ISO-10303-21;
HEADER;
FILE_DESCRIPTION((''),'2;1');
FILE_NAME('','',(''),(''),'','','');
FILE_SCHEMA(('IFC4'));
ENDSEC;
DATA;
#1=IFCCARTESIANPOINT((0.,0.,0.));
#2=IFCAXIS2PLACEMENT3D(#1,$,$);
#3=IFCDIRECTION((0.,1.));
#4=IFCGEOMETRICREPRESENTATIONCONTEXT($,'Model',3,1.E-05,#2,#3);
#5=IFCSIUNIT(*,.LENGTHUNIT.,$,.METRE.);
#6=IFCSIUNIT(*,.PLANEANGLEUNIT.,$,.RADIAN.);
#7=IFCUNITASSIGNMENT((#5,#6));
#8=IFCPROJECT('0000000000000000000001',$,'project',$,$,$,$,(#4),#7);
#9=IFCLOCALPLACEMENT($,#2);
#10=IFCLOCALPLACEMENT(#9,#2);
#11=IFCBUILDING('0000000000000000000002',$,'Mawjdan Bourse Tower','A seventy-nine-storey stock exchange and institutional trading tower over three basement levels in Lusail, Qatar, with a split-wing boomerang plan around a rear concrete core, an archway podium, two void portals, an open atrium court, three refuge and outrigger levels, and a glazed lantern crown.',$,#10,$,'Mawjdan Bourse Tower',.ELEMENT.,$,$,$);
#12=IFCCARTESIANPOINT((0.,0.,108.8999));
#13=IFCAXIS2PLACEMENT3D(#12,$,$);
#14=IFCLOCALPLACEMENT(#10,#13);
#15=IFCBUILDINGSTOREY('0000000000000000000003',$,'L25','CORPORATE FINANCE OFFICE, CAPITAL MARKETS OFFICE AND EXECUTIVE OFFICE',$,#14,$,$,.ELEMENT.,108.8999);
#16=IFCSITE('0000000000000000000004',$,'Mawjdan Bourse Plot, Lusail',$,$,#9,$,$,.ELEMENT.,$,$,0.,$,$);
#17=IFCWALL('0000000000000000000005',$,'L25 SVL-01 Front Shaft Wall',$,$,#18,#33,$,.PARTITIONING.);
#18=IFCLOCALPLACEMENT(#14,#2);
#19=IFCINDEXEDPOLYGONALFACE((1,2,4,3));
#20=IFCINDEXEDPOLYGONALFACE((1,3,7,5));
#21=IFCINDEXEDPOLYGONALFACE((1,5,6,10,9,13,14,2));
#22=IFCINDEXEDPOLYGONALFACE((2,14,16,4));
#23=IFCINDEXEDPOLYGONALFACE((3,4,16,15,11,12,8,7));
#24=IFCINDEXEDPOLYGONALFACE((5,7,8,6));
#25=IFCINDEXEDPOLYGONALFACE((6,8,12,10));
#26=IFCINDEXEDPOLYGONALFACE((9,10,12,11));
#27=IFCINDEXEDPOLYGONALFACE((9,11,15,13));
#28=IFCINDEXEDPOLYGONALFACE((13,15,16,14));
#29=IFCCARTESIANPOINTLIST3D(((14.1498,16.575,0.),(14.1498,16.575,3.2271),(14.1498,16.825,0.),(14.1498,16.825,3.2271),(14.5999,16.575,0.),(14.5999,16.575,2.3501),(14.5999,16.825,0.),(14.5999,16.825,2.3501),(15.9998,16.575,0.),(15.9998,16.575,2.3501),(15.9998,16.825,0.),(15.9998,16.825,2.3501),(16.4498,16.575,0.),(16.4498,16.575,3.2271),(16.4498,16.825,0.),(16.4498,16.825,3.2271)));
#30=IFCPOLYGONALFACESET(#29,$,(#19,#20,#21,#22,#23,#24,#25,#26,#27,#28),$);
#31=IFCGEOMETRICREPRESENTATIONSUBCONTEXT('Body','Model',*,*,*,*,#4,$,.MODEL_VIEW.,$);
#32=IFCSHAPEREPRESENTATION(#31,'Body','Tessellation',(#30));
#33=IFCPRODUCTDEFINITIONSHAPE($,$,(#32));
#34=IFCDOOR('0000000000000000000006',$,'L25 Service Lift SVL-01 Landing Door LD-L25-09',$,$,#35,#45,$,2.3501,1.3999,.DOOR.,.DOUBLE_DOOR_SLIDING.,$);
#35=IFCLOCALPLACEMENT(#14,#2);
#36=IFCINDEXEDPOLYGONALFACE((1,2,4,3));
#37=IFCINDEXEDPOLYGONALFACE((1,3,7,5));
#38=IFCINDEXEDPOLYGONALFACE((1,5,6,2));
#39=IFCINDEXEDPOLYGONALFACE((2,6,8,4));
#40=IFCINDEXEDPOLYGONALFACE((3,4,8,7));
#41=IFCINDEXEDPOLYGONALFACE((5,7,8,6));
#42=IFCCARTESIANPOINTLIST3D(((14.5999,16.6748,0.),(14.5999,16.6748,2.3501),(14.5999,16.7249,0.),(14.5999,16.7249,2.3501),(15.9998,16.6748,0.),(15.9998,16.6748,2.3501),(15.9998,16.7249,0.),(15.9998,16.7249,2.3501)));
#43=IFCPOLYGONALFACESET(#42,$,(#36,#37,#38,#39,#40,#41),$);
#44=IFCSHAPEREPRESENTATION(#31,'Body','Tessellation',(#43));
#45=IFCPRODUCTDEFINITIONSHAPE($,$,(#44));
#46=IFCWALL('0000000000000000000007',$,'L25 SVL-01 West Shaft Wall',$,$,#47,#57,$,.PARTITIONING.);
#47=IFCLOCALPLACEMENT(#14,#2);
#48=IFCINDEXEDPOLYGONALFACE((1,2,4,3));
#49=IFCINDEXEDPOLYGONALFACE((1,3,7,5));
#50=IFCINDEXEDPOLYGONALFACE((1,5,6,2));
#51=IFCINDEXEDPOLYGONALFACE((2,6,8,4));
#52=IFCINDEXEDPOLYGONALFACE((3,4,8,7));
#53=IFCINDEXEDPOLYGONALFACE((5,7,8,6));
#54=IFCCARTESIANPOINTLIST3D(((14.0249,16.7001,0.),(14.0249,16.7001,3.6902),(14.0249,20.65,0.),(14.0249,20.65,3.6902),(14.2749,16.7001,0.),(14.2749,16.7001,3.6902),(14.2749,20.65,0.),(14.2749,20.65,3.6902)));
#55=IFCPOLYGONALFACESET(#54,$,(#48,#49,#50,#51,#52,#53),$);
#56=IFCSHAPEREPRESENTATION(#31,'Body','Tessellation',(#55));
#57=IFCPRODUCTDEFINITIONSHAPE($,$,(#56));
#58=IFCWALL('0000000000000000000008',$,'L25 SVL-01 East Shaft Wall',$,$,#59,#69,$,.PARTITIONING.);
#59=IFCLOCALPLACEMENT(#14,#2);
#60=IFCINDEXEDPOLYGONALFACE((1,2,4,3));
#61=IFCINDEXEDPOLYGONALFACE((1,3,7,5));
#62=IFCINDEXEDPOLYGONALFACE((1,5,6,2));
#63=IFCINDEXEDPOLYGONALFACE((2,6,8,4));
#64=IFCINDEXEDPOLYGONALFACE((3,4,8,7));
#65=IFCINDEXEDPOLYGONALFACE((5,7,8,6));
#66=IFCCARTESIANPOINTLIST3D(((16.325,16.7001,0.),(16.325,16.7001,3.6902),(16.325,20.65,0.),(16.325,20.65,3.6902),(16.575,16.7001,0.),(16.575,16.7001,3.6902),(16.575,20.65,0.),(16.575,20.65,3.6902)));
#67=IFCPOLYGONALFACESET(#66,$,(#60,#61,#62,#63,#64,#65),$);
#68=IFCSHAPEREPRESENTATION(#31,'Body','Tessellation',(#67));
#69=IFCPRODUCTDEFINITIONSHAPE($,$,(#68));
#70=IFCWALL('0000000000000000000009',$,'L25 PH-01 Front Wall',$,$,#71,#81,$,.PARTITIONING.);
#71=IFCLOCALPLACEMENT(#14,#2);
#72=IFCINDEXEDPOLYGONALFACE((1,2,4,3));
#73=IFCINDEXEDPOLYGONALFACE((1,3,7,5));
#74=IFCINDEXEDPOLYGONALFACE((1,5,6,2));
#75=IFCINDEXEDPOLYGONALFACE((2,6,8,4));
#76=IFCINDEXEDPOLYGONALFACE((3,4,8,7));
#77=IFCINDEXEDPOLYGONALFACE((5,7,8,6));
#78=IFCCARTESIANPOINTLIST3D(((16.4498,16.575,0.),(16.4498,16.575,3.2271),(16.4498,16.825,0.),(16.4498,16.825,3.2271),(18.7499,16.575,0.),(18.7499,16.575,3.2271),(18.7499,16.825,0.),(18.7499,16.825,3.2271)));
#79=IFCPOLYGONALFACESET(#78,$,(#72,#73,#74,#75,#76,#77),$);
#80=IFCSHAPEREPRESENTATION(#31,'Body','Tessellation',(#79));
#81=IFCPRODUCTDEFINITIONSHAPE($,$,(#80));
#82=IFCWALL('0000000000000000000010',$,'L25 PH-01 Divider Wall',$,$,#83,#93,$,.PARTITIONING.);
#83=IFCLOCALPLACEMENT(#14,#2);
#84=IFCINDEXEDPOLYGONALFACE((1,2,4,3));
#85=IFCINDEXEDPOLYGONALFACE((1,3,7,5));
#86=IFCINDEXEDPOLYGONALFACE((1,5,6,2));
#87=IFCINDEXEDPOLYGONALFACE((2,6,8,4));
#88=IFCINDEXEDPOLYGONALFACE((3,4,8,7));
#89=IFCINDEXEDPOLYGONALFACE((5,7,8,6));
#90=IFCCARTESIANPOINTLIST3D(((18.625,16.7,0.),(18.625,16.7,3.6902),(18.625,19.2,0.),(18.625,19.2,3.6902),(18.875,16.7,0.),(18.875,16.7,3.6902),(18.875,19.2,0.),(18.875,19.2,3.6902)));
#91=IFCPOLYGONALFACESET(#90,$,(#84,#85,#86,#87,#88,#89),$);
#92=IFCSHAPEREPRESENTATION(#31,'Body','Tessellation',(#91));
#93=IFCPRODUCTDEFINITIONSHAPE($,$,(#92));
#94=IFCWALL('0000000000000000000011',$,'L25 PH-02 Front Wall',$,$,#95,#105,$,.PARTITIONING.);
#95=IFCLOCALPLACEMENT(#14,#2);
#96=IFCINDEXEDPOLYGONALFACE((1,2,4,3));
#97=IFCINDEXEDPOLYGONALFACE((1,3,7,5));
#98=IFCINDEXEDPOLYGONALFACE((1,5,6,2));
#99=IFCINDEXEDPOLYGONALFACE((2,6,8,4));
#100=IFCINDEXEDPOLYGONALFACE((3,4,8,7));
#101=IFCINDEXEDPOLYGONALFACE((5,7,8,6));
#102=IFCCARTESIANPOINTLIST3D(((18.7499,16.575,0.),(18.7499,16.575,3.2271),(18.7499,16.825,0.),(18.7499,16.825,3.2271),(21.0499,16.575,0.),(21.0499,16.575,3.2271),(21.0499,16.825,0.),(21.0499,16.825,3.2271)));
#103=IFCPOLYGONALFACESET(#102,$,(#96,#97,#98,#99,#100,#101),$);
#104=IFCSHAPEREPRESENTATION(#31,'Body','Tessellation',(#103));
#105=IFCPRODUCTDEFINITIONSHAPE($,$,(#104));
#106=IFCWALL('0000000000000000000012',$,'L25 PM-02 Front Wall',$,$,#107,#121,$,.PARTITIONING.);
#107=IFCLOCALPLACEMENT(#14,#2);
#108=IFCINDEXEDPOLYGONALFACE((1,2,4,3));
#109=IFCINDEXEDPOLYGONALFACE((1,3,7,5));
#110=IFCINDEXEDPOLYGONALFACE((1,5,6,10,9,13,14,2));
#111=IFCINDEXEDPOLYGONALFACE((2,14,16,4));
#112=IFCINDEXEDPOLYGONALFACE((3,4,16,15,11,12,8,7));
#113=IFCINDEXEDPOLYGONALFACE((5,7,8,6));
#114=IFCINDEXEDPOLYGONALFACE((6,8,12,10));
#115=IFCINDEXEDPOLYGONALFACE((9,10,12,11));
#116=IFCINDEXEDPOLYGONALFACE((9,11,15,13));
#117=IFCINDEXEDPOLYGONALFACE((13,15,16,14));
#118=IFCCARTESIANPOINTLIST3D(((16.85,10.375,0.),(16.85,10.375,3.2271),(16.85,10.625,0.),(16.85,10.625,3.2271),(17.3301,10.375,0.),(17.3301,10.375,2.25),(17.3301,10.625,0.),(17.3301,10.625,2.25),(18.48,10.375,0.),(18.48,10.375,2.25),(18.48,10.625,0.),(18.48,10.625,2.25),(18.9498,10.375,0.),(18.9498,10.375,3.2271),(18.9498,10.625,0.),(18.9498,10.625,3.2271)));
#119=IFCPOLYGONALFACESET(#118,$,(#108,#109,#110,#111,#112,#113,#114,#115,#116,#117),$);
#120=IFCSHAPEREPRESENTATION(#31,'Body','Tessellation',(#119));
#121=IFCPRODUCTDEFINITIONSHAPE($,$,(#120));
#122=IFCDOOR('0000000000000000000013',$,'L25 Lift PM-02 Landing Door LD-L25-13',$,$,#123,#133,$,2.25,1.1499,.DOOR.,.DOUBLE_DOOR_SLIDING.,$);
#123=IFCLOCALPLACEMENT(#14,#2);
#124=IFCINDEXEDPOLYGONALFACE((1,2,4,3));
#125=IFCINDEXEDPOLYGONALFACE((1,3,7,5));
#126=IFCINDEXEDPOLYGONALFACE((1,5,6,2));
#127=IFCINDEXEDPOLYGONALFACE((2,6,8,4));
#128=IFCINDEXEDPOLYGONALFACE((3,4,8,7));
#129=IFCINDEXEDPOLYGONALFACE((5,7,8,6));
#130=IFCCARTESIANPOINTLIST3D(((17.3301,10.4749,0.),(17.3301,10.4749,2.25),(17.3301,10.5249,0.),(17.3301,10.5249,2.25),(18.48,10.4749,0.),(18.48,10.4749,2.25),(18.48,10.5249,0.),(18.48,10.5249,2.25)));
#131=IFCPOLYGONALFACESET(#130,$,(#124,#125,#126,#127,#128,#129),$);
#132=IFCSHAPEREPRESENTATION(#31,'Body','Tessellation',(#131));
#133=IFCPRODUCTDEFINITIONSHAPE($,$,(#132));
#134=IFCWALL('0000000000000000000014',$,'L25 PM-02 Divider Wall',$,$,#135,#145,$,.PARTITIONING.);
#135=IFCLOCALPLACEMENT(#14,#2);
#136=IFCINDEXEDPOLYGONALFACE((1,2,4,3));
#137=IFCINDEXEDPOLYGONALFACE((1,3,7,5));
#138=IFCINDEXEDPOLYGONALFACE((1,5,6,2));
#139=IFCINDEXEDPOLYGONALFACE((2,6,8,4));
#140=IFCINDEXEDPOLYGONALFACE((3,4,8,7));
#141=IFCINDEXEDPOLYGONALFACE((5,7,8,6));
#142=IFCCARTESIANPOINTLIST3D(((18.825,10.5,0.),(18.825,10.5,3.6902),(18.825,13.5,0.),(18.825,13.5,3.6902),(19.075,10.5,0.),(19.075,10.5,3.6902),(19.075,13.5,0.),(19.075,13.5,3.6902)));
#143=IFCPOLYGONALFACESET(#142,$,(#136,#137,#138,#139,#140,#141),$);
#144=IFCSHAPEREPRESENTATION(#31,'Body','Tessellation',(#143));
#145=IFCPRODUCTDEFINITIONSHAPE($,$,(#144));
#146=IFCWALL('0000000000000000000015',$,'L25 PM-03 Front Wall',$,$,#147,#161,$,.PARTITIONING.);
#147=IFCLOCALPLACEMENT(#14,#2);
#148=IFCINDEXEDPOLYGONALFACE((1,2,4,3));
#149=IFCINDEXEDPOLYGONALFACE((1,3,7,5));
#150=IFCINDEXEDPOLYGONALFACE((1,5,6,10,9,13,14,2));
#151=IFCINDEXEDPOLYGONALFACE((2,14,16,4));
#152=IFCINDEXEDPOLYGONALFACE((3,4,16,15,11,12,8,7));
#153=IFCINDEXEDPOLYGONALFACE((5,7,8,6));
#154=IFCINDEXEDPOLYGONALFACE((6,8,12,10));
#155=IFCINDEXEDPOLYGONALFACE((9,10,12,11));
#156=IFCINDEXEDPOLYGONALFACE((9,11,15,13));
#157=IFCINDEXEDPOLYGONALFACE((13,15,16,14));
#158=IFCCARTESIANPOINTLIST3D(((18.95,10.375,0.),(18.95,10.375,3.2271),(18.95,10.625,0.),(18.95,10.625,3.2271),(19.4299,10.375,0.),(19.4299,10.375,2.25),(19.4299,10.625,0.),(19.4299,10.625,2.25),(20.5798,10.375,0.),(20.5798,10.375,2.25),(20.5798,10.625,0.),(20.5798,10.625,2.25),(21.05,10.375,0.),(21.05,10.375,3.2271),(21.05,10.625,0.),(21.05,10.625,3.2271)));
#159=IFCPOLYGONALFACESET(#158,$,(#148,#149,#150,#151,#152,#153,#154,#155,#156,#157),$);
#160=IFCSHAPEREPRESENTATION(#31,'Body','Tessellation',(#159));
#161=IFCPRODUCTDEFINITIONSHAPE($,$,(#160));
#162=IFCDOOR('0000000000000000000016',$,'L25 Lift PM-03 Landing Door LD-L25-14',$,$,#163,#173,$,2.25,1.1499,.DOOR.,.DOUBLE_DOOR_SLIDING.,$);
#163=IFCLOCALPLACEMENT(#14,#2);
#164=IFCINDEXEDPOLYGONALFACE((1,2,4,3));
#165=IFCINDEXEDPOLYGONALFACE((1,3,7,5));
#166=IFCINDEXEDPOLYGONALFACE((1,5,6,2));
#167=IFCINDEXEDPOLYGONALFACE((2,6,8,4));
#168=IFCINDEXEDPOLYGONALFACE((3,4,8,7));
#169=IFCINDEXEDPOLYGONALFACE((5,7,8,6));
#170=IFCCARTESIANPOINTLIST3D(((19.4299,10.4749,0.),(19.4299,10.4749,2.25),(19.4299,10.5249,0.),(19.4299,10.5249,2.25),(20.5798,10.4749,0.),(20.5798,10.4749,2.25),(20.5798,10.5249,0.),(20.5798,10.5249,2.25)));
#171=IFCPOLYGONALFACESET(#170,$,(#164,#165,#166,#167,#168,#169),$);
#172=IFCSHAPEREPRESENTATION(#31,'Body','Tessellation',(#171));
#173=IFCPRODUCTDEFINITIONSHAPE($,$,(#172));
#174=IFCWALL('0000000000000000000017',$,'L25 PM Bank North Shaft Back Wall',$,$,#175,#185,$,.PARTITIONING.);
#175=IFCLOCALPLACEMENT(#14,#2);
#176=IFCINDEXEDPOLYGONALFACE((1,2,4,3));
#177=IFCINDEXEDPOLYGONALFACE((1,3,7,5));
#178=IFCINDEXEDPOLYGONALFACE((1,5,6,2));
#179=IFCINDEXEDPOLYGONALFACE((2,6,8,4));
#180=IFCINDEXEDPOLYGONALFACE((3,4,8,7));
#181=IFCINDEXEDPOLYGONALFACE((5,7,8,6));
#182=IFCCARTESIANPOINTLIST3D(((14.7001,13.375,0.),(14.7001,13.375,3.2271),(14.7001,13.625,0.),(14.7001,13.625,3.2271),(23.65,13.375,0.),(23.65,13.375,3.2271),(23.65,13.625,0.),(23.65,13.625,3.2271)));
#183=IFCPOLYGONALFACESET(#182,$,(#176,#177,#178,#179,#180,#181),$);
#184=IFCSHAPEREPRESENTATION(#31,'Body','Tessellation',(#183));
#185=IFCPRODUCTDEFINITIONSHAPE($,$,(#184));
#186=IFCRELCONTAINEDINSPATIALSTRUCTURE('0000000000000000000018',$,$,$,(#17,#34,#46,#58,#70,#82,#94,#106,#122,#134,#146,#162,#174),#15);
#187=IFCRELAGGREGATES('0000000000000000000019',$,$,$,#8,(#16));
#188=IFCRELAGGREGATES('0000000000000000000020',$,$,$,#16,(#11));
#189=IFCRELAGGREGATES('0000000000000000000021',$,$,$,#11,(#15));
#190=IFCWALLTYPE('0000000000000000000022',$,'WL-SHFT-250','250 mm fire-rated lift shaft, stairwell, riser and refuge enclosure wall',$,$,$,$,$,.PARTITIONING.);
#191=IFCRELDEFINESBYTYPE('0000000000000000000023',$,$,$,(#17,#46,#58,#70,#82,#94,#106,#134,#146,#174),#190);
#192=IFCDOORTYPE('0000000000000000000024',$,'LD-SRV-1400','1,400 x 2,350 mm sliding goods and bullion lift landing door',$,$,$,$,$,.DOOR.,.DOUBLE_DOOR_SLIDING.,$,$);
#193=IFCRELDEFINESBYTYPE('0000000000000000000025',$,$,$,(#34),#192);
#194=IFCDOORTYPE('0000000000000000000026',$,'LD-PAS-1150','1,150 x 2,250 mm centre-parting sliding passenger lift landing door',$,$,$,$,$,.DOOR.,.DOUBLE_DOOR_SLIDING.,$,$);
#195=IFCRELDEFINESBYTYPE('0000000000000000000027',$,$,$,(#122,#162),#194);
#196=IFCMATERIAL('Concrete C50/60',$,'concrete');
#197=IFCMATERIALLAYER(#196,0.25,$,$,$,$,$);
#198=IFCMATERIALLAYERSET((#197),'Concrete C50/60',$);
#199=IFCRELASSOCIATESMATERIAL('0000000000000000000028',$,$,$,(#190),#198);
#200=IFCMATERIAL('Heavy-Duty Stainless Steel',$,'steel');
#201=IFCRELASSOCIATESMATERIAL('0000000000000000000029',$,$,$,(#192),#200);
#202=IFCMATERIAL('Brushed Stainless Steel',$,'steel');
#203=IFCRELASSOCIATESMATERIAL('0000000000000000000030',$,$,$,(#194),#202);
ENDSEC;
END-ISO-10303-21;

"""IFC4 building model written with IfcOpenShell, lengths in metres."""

from ifc_helpers import new_model, si_unit, direction, frame, frame_2d, origin, place, context, subcontext, project, spatial, rectangle, extrude, material, layer, layer_set, type_object, element, fill, save


model = new_model("IFC4")

# Units and contexts
model_context = context("Model", 3, precision=1e-05, world=origin(), true_north=direction((0.0, 1.0)))
body_context = subcontext(model_context, "Body", "Model", "MODEL_VIEW")
ifc_project = project(units=[si_unit("LENGTHUNIT", "METRE"), si_unit("PLANEANGLEUNIT", "RADIAN")], contexts=[model_context])

# Site, building, storey
site_placement = place(None, origin())
site = spatial("IfcSite", under=ifc_project, at=site_placement, Name="Mawjdan Bourse Plot, Lusail", CompositionType="ELEMENT", RefElevation=0.0)
building_placement = place(site_placement, origin())
building = spatial("IfcBuilding", under=site, at=building_placement, Name="Mawjdan Bourse Tower", Description="A seventy-nine-storey stock exchange and institutional trading tower over three basement levels in Lusail, Qatar, with a split-wing boomerang plan around a rear concrete core, an archway podium, two void portals, an open atrium court, three refuge and outrigger levels, and a glazed lantern crown.", LongName="Mawjdan Bourse Tower", CompositionType="ELEMENT")
storey_placement = place(building_placement, frame((0.0, 0.0, 108.8999)))
storey = spatial("IfcBuildingStorey", under=building, at=storey_placement, Name="L25", Description="CORPORATE FINANCE OFFICE, CAPITAL MARKETS OFFICE AND EXECUTIVE OFFICE", CompositionType="ELEMENT", Elevation=108.8999)

# Shared definitions
ifc_material_1 = material(Name="Concrete C50/60", Category="concrete")
ifc_layer_1 = layer(ifc_material_1, 0.25)
ifc_layer_set_1 = layer_set([ifc_layer_1], Name="Concrete C50/60")
wall_type_1 = type_object("IfcWallType", Name="WL-SHFT-250", Description="250 mm fire-rated lift shaft, stairwell, riser and refuge enclosure wall", PredefinedType="PARTITIONING", material=ifc_layer_set_1)

# Wall, opening, door
wall_1_placement = place(storey_placement, frame((14.1499, 16.7, 0.0), z_axis=(0.0, 0.0, 1.0), x_axis=(1.0, 0.0, 0.0)))
wall_1 = element("IfcWall", 1, at=wall_1_placement, inside=storey, type_object=wall_type_1, Name="L25 SVL-01 Front Shaft Wall", PredefinedType="PARTITIONING", context=body_context, shape_type="SweptSolid", body=[
    extrude(rectangle(XDim=2.3, YDim=0.25, at=frame_2d((1.1499, 0.0))), origin(), (0.0, 0.0, 1.0), 3.2271),
])
opening_1_placement = place(wall_1_placement, frame((0.45, 0.0, 0.0)))
opening_1 = element("IfcOpeningElement", 2, at=opening_1_placement, cuts=wall_1, PredefinedType="OPENING", context=body_context, shape_type="SweptSolid", body=[
    extrude(rectangle(XDim=1.3999, YDim=2.3501, at=frame_2d((0.7, 1.175))), frame((0.0, 0.135, 0.0), z_axis=(0.0, -1.0, 0.0), x_axis=(1.0, 0.0, 0.0)), (0.0, 0.0, 1.0), 0.27),
])
ifc_material_2 = material(Name="Heavy-Duty Stainless Steel", Category="steel")
door_type_1 = type_object("IfcDoorType", Name="LD-SRV-1400", Description="1,400 x 2,350 mm sliding goods and bullion lift landing door", OperationType="DOUBLE_DOOR_SLIDING", PredefinedType="DOOR", material=ifc_material_2)
door_1_placement = place(opening_1_placement, origin())
door_1 = element("IfcDoor", 3, at=door_1_placement, inside=storey, type_object=door_type_1, Name="L25 Service Lift SVL-01 Landing Door LD-L25-09", OperationType="DOUBLE_DOOR_SLIDING", OverallHeight=2.3501, OverallWidth=1.3999, PredefinedType="DOOR", context=body_context, shape_type="SweptSolid", body=[
    extrude(rectangle(XDim=1.3999, YDim=2.3501, at=frame_2d((0.7, 1.175))), frame((0.0, 0.0249, 0.0), z_axis=(0.0, -1.0, 0.0), x_axis=(1.0, 0.0, 0.0)), (0.0, 0.0, 1.0), 0.05),
])
fill(opening_1, door_1)

# Walls
for number, where, z_axis, x_axis, name in (
    (4, (14.1499, 16.7, 0.0), (0.0, 0.0, 1.0), (0.0, 1.0, 0.0), "L25 SVL-01 West Shaft Wall"),
    (5, (16.45, 16.7, 0.0), (0.0, 0.0, 1.0), (0.0, 1.0, 0.0), "L25 SVL-01 East Shaft Wall"),
):
    element("IfcWall", number, at=place(storey_placement, frame(where, z_axis=z_axis, x_axis=x_axis)), inside=storey, type_object=wall_type_1, Name=name, PredefinedType="PARTITIONING", context=body_context, shape_type="SweptSolid", body=[
        extrude(rectangle(XDim=3.95, YDim=0.25, at=frame_2d((1.9751, 0.0))), origin(), (0.0, 0.0, 1.0), 3.6902),
    ])
wall_2_placement = place(storey_placement, frame((16.45, 16.7, 0.0), z_axis=(0.0, 0.0, 1.0), x_axis=(1.0, 0.0, 0.0)))
element("IfcWall", 6, at=wall_2_placement, inside=storey, type_object=wall_type_1, Name="L25 PH-01 Front Wall", PredefinedType="PARTITIONING", context=body_context, shape_type="SweptSolid", body=[
    extrude(rectangle(XDim=2.3, YDim=0.25, at=frame_2d((1.1499, 0.0))), origin(), (0.0, 0.0, 1.0), 3.2271),
])
wall_3_placement = place(storey_placement, frame((18.75, 16.7, 0.0), z_axis=(0.0, 0.0, 1.0), x_axis=(0.0, 1.0, 0.0)))
element("IfcWall", 7, at=wall_3_placement, inside=storey, type_object=wall_type_1, Name="L25 PH-01 Divider Wall", PredefinedType="PARTITIONING", context=body_context, shape_type="SweptSolid", body=[
    extrude(rectangle(XDim=2.5, YDim=0.25, at=frame_2d((1.25, 0.0))), origin(), (0.0, 0.0, 1.0), 3.6902),
])
wall_4_placement = place(storey_placement, frame((18.75, 16.7, 0.0), z_axis=(0.0, 0.0, 1.0), x_axis=(1.0, 0.0, 0.0)))
element("IfcWall", 8, at=wall_4_placement, inside=storey, type_object=wall_type_1, Name="L25 PH-02 Front Wall", PredefinedType="PARTITIONING", context=body_context, shape_type="SweptSolid", body=[
    extrude(rectangle(XDim=2.3, YDim=0.25, at=frame_2d((1.1499, 0.0))), origin(), (0.0, 0.0, 1.0), 3.2271),
])

# Wall, opening, door
wall_5_placement = place(storey_placement, frame((16.8501, 10.5, 0.0), z_axis=(0.0, 0.0, 1.0), x_axis=(1.0, 0.0, 0.0)))
wall_5 = element("IfcWall", 9, at=wall_5_placement, inside=storey, type_object=wall_type_1, Name="L25 PM-02 Front Wall", PredefinedType="PARTITIONING", context=body_context, shape_type="SweptSolid", body=[
    extrude(rectangle(XDim=2.0999, YDim=0.25, at=frame_2d((1.0498, 0.0))), origin(), (0.0, 0.0, 1.0), 3.2271),
])
opening_2_placement = place(wall_5_placement, frame((0.48, 0.0, 0.0)))
opening_2 = element("IfcOpeningElement", 10, at=opening_2_placement, cuts=wall_5, PredefinedType="OPENING", context=body_context, shape_type="SweptSolid", body=[
    extrude(rectangle(XDim=1.1499, YDim=2.25, at=frame_2d((0.575, 1.125))), frame((0.0, 0.135, 0.0), z_axis=(0.0, -1.0, 0.0), x_axis=(1.0, 0.0, 0.0)), (0.0, 0.0, 1.0), 0.27),
])
ifc_material_3 = material(Name="Brushed Stainless Steel", Category="steel")
door_type_2 = type_object("IfcDoorType", Name="LD-PAS-1150", Description="1,150 x 2,250 mm centre-parting sliding passenger lift landing door", OperationType="DOUBLE_DOOR_SLIDING", PredefinedType="DOOR", material=ifc_material_3)
door_2_placement = place(opening_2_placement, origin())
door_2 = element("IfcDoor", 11, at=door_2_placement, inside=storey, type_object=door_type_2, Name="L25 Lift PM-02 Landing Door LD-L25-13", OperationType="DOUBLE_DOOR_SLIDING", OverallHeight=2.25, OverallWidth=1.1499, PredefinedType="DOOR", context=body_context, shape_type="SweptSolid", body=[
    extrude(rectangle(XDim=1.1499, YDim=2.25, at=frame_2d((0.575, 1.125))), frame((0.0, 0.0249, 0.0), z_axis=(0.0, -1.0, 0.0), x_axis=(1.0, 0.0, 0.0)), (0.0, 0.0, 1.0), 0.05),
])
fill(opening_2, door_2)

# Wall
wall_6_placement = place(storey_placement, frame((18.95, 10.5, 0.0), z_axis=(0.0, 0.0, 1.0), x_axis=(0.0, 1.0, 0.0)))
element("IfcWall", 12, at=wall_6_placement, inside=storey, type_object=wall_type_1, Name="L25 PM-02 Divider Wall", PredefinedType="PARTITIONING", context=body_context, shape_type="SweptSolid", body=[
    extrude(rectangle(XDim=3.0, YDim=0.25, at=frame_2d((1.5, 0.0))), origin(), (0.0, 0.0, 1.0), 3.6902),
])

# Wall, opening, door
wall_7_placement = place(storey_placement, frame((18.95, 10.5, 0.0), z_axis=(0.0, 0.0, 1.0), x_axis=(1.0, 0.0, 0.0)))
wall_7 = element("IfcWall", 13, at=wall_7_placement, inside=storey, type_object=wall_type_1, Name="L25 PM-03 Front Wall", PredefinedType="PARTITIONING", context=body_context, shape_type="SweptSolid", body=[
    extrude(rectangle(XDim=2.1001, YDim=0.25, at=frame_2d((1.05, 0.0))), origin(), (0.0, 0.0, 1.0), 3.2271),
])
opening_3_placement = place(wall_7_placement, frame((0.48, 0.0, 0.0)))
opening_3 = element("IfcOpeningElement", 14, at=opening_3_placement, cuts=wall_7, PredefinedType="OPENING", context=body_context, shape_type="SweptSolid", body=[
    extrude(rectangle(XDim=1.1499, YDim=2.25, at=frame_2d((0.575, 1.125))), frame((0.0, 0.135, 0.0), z_axis=(0.0, -1.0, 0.0), x_axis=(1.0, 0.0, 0.0)), (0.0, 0.0, 1.0), 0.27),
])
door_3_placement = place(opening_3_placement, origin())
door_3 = element("IfcDoor", 15, at=door_3_placement, inside=storey, type_object=door_type_2, Name="L25 Lift PM-03 Landing Door LD-L25-14", OperationType="DOUBLE_DOOR_SLIDING", OverallHeight=2.25, OverallWidth=1.1499, PredefinedType="DOOR", context=body_context, shape_type="SweptSolid", body=[
    extrude(rectangle(XDim=1.1499, YDim=2.25, at=frame_2d((0.575, 1.125))), frame((0.0, 0.0249, 0.0), z_axis=(0.0, -1.0, 0.0), x_axis=(1.0, 0.0, 0.0)), (0.0, 0.0, 1.0), 0.05),
])
fill(opening_3, door_3)

# Wall
wall_8_placement = place(storey_placement, frame((14.7, 13.5, 0.0), z_axis=(0.0, 0.0, 1.0), x_axis=(1.0, 0.0, 0.0)))
element("IfcWall", 16, at=wall_8_placement, inside=storey, type_object=wall_type_1, Name="L25 PM Bank North Shaft Back Wall", PredefinedType="PARTITIONING", context=body_context, shape_type="SweptSolid", body=[
    extrude(rectangle(XDim=8.95, YDim=0.25, at=frame_2d((4.4751, 0.0))), origin(), (0.0, 0.0, 1.0), 3.2271),
])

save(model, "model.ifc")
